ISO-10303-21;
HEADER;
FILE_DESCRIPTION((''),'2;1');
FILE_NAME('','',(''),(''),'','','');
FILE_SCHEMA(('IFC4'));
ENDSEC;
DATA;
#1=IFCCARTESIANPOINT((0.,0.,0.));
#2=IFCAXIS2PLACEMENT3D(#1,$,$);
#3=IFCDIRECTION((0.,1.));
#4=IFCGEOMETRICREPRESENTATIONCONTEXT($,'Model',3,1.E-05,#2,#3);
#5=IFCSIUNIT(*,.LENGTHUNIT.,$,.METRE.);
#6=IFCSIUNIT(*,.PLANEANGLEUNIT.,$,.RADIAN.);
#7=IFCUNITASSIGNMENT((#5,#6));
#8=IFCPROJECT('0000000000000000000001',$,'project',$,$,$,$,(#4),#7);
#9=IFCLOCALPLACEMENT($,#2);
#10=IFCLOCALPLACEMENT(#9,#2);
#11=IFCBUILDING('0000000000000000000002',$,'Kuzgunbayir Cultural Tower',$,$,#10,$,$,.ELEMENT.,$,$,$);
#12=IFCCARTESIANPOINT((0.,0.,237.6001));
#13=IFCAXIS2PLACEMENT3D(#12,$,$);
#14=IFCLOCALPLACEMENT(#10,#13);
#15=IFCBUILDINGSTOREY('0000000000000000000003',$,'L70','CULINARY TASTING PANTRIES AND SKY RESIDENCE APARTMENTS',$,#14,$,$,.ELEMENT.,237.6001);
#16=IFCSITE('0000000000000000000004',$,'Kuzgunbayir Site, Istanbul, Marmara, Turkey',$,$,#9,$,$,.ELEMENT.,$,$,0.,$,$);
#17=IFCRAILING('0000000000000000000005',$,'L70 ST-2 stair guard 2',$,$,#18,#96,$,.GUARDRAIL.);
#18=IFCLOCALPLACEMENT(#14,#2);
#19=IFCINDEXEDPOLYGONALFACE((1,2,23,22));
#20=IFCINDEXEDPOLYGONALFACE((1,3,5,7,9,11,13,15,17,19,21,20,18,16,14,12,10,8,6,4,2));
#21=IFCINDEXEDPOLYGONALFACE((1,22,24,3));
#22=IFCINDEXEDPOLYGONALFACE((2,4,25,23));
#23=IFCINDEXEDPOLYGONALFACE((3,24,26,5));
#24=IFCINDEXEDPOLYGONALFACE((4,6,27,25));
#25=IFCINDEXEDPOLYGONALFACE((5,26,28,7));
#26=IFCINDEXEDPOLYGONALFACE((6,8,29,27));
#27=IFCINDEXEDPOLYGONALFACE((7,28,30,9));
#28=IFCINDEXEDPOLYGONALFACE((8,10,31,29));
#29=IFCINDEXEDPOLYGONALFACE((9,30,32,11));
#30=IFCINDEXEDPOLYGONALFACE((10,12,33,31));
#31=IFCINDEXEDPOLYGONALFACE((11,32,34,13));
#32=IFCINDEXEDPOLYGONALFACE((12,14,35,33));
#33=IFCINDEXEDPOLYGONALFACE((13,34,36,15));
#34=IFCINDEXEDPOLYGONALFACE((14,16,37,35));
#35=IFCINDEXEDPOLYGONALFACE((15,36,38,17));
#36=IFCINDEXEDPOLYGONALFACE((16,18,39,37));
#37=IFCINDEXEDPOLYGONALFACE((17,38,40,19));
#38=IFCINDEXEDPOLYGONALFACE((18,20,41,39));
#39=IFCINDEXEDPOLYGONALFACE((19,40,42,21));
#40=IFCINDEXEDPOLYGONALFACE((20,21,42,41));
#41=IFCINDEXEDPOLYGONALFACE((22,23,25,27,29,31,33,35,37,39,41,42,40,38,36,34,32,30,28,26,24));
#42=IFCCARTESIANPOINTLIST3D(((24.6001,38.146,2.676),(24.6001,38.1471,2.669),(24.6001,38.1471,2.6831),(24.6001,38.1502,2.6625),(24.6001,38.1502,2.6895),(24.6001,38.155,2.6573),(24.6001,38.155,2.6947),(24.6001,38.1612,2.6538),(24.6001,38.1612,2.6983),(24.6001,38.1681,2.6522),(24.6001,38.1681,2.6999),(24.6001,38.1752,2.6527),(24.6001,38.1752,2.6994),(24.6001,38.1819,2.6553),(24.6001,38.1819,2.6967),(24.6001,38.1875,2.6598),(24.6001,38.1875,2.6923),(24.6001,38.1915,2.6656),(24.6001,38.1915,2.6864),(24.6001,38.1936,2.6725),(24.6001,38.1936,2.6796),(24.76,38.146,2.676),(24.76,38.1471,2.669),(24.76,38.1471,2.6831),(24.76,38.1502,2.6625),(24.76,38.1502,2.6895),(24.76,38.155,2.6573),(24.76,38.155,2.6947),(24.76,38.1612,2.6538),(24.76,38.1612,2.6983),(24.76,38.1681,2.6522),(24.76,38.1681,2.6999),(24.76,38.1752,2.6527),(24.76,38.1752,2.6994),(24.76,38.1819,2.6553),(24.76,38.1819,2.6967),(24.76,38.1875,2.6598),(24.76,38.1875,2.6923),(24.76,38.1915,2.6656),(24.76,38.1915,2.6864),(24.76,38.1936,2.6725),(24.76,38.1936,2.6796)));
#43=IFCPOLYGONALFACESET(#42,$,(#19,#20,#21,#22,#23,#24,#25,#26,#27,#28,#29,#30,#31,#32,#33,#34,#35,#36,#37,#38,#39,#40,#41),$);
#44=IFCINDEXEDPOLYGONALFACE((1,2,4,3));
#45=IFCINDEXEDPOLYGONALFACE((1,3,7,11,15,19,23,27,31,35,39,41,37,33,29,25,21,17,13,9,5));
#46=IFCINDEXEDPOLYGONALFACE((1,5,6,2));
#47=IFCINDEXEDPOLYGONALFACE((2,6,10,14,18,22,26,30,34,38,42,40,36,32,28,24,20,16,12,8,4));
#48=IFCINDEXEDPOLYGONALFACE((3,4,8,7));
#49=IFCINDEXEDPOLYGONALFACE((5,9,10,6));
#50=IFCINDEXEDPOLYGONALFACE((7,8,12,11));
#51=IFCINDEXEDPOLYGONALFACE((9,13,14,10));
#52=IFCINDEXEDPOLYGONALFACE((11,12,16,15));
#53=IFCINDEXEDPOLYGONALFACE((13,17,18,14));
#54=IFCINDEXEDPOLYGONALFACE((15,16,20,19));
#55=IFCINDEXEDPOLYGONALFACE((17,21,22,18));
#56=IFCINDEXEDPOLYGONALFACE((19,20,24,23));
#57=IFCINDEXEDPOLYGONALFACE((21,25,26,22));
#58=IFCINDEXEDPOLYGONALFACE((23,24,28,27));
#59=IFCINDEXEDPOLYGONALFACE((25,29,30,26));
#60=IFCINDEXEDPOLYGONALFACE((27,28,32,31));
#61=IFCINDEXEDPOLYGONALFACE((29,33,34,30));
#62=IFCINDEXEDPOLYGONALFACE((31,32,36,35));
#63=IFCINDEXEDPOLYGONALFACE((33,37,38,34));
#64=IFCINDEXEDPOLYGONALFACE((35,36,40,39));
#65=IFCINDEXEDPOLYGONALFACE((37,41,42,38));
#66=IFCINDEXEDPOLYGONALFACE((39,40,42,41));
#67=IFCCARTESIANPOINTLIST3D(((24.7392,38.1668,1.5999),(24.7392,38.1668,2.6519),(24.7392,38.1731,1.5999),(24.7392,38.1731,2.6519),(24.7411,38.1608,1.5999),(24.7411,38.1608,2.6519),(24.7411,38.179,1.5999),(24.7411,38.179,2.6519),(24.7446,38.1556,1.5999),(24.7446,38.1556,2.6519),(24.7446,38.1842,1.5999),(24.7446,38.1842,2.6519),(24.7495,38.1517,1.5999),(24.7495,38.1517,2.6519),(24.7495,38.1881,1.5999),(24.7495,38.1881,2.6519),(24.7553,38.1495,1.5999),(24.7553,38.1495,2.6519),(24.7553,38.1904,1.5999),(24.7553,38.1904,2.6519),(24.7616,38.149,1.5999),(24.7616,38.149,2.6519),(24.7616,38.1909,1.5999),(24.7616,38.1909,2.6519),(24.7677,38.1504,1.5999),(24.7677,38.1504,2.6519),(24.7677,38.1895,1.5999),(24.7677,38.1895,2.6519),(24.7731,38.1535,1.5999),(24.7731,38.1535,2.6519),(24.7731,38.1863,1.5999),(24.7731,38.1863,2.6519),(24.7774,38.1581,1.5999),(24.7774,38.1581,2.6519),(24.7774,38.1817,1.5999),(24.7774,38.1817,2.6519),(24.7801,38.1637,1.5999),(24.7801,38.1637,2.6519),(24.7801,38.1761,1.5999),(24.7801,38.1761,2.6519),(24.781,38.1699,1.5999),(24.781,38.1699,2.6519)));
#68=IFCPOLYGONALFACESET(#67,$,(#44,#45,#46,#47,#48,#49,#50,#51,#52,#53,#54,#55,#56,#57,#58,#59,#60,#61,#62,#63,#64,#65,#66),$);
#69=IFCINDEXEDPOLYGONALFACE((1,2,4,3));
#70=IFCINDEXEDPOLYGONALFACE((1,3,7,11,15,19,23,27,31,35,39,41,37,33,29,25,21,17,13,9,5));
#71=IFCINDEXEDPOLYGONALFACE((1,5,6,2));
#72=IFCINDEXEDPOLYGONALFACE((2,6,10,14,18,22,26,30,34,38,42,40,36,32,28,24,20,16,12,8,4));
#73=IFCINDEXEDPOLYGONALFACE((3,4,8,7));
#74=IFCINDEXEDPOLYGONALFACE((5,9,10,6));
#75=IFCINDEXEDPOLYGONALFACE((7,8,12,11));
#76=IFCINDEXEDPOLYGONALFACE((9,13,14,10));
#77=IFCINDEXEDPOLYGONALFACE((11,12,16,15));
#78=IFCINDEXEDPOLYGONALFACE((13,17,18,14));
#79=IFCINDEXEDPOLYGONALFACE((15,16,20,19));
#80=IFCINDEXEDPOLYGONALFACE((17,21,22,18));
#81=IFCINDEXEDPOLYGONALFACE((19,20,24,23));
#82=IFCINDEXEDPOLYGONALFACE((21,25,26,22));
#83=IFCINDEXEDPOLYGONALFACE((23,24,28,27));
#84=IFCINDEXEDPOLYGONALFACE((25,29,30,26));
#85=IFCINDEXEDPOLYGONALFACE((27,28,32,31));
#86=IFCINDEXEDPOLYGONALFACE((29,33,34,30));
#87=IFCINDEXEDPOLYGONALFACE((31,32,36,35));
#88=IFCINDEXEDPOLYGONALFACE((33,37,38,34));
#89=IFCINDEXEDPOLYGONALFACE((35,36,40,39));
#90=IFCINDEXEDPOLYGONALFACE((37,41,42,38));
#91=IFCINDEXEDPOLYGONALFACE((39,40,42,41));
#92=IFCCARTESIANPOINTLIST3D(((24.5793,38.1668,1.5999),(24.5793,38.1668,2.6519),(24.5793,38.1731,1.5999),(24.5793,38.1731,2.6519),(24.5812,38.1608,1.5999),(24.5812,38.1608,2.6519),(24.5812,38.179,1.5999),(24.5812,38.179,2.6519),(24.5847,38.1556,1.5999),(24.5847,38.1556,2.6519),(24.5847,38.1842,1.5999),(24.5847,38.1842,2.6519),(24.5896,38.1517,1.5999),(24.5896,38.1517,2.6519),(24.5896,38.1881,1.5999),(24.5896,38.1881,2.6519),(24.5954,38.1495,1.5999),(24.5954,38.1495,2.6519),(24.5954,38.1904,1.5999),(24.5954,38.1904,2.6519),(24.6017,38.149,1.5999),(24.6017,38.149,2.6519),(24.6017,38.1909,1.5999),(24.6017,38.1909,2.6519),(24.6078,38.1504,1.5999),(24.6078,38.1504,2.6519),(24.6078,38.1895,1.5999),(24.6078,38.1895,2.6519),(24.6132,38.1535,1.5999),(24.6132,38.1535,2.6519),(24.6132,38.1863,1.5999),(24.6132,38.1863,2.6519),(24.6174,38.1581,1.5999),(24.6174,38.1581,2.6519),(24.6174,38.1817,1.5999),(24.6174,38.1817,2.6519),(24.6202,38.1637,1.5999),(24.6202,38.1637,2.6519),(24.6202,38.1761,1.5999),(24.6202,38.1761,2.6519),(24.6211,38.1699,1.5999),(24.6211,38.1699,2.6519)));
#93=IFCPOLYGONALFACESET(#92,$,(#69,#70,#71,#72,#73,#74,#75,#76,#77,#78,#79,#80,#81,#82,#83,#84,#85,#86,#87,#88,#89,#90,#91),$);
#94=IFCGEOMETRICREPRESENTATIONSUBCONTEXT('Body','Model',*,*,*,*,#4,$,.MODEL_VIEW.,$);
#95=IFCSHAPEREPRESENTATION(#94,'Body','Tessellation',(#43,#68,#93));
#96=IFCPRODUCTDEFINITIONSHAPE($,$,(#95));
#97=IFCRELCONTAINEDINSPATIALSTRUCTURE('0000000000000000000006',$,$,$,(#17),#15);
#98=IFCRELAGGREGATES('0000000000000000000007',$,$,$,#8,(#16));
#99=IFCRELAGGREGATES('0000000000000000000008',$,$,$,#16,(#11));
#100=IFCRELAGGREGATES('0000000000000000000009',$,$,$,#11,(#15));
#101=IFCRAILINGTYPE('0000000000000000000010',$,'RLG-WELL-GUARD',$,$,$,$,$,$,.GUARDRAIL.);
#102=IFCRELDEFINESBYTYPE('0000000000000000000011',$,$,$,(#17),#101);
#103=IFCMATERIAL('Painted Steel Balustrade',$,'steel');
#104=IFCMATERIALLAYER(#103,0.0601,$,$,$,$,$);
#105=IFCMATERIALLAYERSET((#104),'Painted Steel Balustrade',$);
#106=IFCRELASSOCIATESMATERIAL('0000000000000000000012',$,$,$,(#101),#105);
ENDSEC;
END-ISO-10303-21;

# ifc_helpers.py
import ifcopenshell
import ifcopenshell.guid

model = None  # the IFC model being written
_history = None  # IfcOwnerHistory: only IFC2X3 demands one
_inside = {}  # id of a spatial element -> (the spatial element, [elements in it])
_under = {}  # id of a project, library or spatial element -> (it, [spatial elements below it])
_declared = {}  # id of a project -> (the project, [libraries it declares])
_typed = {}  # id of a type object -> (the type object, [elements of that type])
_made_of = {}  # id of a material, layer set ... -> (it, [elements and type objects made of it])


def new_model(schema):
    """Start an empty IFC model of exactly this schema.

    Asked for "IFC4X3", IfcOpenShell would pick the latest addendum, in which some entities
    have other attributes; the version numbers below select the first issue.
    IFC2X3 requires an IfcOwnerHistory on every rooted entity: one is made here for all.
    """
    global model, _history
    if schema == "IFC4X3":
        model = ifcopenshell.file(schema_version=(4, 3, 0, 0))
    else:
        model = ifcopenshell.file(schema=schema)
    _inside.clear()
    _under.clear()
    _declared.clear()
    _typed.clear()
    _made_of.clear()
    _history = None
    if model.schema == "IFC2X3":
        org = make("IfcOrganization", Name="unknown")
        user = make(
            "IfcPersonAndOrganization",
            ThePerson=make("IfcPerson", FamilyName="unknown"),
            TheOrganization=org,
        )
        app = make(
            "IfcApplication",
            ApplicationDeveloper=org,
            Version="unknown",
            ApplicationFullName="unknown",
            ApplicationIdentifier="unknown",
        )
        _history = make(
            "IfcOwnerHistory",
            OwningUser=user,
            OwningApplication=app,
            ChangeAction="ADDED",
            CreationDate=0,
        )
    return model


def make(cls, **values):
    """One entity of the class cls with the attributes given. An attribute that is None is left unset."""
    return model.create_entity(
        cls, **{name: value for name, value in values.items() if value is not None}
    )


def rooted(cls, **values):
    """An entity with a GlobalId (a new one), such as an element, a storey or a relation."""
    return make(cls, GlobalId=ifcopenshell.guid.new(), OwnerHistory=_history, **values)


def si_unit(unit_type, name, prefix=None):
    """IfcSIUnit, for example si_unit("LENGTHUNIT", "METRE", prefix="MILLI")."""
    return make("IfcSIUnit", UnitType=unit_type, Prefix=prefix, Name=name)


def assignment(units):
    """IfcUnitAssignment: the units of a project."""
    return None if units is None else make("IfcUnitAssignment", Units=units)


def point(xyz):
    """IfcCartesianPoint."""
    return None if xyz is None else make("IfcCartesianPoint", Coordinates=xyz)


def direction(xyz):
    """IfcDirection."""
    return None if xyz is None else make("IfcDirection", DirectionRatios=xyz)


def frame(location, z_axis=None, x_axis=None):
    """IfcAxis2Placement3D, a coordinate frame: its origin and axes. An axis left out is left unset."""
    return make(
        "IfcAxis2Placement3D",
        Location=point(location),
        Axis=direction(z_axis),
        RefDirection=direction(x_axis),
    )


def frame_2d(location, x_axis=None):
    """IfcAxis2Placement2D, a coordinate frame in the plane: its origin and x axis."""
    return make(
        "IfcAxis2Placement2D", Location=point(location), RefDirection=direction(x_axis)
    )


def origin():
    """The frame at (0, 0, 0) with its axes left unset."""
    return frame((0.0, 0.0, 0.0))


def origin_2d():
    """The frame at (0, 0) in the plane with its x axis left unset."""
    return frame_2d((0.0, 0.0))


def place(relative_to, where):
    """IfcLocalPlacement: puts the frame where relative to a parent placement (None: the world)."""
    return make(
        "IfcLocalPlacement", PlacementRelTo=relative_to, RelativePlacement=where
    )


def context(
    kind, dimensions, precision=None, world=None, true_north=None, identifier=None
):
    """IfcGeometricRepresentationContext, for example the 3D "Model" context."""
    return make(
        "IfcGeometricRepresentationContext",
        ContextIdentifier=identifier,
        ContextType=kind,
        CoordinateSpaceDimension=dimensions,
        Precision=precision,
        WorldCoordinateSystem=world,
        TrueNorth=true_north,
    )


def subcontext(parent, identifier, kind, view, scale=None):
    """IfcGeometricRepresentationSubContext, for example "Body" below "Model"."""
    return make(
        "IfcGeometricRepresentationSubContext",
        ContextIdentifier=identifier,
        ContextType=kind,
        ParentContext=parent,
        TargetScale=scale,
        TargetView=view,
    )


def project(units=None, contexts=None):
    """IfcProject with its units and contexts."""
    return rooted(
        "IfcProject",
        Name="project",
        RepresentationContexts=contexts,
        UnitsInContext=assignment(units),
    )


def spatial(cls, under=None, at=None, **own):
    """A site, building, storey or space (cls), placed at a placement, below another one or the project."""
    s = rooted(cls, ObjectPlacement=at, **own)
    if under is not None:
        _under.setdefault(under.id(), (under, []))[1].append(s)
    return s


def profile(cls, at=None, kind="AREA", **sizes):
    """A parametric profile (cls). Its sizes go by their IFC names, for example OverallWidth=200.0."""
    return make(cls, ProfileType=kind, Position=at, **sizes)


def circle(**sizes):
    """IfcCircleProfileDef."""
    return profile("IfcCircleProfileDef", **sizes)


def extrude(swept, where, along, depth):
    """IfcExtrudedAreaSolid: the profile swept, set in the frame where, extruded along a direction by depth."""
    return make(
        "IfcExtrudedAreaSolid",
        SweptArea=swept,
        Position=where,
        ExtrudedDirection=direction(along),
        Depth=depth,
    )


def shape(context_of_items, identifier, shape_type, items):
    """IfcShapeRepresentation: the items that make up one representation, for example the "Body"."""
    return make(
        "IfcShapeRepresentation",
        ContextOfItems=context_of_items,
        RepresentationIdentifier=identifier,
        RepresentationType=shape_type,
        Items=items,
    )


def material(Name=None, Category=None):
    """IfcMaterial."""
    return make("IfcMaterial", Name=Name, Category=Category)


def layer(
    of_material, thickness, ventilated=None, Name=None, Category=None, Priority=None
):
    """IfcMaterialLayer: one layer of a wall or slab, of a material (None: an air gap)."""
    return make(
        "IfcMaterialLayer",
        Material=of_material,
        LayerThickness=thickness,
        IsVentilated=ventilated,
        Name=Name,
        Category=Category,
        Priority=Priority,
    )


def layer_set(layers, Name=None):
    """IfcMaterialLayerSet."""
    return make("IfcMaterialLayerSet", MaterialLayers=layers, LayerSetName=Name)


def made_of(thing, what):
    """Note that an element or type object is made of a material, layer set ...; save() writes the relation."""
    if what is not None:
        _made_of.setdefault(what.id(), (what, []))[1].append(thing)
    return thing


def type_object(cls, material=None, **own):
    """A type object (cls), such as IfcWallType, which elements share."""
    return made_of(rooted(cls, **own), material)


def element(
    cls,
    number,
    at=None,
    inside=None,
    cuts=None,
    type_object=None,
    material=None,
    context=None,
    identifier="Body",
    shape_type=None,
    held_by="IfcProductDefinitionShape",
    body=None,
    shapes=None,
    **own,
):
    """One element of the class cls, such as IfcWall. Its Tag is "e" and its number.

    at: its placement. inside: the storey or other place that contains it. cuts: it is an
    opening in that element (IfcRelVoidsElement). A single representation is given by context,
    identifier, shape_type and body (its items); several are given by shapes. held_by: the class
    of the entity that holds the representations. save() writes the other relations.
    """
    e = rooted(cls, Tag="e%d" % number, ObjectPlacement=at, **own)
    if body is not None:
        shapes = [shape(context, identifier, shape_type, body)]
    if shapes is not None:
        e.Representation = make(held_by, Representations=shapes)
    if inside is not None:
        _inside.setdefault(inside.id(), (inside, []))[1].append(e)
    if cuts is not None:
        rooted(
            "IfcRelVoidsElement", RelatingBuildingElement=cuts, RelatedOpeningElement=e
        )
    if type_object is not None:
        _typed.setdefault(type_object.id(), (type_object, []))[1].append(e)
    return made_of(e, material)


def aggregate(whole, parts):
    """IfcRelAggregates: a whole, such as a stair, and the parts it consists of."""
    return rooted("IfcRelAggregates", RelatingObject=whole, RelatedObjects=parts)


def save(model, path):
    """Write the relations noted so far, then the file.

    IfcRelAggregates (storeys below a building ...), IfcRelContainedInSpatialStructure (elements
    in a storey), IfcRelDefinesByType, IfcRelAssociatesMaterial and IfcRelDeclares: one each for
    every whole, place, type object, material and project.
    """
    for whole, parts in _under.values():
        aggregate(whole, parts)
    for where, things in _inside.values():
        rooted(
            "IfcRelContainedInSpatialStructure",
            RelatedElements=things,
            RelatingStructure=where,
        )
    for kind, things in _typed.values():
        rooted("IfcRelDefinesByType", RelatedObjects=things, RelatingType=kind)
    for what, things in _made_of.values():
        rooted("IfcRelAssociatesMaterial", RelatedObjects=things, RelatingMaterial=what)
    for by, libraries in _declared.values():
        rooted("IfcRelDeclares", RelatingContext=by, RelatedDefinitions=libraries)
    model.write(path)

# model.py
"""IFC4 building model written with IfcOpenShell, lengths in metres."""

from ifc_helpers import new_model, si_unit, direction, frame, origin, origin_2d, place, context, subcontext, project, spatial, circle, extrude, material, layer, layer_set, type_object, element, save


model = new_model("IFC4")

# Units and contexts
model_context = context("Model", 3, precision=1e-05, world=origin(), true_north=direction((0.0, 1.0)))
body_context = subcontext(model_context, "Body", "Model", "MODEL_VIEW")
ifc_project = project(units=[si_unit("LENGTHUNIT", "METRE"), si_unit("PLANEANGLEUNIT", "RADIAN")], contexts=[model_context])

# Site, building, storey
site_placement = place(None, origin())
site = spatial("IfcSite", under=ifc_project, at=site_placement, Name="Kuzgunbayir Site, Istanbul, Marmara, Turkey", CompositionType="ELEMENT", RefElevation=0.0)
building_placement = place(site_placement, origin())
building = spatial("IfcBuilding", under=site, at=building_placement, Name="Kuzgunbayir Cultural Tower", CompositionType="ELEMENT")
storey_placement = place(building_placement, frame((0.0, 0.0, 237.6001)))
storey = spatial("IfcBuildingStorey", under=building, at=storey_placement, Name="L70", Description="CULINARY TASTING PANTRIES AND SKY RESIDENCE APARTMENTS", CompositionType="ELEMENT", Elevation=237.6001)

# Railing
ifc_material_1 = material(Name="Painted Steel Balustrade", Category="steel")
ifc_layer_1 = layer(ifc_material_1, 0.0601)
ifc_layer_set_1 = layer_set([ifc_layer_1], Name="Painted Steel Balustrade")
railing_type_1 = type_object("IfcRailingType", Name="RLG-WELL-GUARD", PredefinedType="GUARDRAIL", material=ifc_layer_set_1)
railing_1_placement = place(storey_placement, frame((24.76, 38.1699, 1.5999)))
element("IfcRailing", 1, at=railing_1_placement, inside=storey, type_object=railing_type_1, Name="L70 ST-2 stair guard 2", PredefinedType="GUARDRAIL", context=body_context, shape_type="SweptSolid", body=[
    extrude(circle(Radius=0.0239, at=origin_2d()), frame((0.0, 0.0, 1.0762), z_axis=(-1.0, 0.0, 0.0), x_axis=(0.0, -1.0, 0.0)), (0.0, 0.0, 1.0), 0.1599),
    extrude(circle(Radius=0.021, at=origin_2d()), origin(), (0.0, 0.0, 1.0), 1.052),
    extrude(circle(Radius=0.021, at=origin_2d()), frame((-0.1599, 0.0, 0.0)), (0.0, 0.0, 1.0), 1.052),
])

save(model, "model.ifc")
